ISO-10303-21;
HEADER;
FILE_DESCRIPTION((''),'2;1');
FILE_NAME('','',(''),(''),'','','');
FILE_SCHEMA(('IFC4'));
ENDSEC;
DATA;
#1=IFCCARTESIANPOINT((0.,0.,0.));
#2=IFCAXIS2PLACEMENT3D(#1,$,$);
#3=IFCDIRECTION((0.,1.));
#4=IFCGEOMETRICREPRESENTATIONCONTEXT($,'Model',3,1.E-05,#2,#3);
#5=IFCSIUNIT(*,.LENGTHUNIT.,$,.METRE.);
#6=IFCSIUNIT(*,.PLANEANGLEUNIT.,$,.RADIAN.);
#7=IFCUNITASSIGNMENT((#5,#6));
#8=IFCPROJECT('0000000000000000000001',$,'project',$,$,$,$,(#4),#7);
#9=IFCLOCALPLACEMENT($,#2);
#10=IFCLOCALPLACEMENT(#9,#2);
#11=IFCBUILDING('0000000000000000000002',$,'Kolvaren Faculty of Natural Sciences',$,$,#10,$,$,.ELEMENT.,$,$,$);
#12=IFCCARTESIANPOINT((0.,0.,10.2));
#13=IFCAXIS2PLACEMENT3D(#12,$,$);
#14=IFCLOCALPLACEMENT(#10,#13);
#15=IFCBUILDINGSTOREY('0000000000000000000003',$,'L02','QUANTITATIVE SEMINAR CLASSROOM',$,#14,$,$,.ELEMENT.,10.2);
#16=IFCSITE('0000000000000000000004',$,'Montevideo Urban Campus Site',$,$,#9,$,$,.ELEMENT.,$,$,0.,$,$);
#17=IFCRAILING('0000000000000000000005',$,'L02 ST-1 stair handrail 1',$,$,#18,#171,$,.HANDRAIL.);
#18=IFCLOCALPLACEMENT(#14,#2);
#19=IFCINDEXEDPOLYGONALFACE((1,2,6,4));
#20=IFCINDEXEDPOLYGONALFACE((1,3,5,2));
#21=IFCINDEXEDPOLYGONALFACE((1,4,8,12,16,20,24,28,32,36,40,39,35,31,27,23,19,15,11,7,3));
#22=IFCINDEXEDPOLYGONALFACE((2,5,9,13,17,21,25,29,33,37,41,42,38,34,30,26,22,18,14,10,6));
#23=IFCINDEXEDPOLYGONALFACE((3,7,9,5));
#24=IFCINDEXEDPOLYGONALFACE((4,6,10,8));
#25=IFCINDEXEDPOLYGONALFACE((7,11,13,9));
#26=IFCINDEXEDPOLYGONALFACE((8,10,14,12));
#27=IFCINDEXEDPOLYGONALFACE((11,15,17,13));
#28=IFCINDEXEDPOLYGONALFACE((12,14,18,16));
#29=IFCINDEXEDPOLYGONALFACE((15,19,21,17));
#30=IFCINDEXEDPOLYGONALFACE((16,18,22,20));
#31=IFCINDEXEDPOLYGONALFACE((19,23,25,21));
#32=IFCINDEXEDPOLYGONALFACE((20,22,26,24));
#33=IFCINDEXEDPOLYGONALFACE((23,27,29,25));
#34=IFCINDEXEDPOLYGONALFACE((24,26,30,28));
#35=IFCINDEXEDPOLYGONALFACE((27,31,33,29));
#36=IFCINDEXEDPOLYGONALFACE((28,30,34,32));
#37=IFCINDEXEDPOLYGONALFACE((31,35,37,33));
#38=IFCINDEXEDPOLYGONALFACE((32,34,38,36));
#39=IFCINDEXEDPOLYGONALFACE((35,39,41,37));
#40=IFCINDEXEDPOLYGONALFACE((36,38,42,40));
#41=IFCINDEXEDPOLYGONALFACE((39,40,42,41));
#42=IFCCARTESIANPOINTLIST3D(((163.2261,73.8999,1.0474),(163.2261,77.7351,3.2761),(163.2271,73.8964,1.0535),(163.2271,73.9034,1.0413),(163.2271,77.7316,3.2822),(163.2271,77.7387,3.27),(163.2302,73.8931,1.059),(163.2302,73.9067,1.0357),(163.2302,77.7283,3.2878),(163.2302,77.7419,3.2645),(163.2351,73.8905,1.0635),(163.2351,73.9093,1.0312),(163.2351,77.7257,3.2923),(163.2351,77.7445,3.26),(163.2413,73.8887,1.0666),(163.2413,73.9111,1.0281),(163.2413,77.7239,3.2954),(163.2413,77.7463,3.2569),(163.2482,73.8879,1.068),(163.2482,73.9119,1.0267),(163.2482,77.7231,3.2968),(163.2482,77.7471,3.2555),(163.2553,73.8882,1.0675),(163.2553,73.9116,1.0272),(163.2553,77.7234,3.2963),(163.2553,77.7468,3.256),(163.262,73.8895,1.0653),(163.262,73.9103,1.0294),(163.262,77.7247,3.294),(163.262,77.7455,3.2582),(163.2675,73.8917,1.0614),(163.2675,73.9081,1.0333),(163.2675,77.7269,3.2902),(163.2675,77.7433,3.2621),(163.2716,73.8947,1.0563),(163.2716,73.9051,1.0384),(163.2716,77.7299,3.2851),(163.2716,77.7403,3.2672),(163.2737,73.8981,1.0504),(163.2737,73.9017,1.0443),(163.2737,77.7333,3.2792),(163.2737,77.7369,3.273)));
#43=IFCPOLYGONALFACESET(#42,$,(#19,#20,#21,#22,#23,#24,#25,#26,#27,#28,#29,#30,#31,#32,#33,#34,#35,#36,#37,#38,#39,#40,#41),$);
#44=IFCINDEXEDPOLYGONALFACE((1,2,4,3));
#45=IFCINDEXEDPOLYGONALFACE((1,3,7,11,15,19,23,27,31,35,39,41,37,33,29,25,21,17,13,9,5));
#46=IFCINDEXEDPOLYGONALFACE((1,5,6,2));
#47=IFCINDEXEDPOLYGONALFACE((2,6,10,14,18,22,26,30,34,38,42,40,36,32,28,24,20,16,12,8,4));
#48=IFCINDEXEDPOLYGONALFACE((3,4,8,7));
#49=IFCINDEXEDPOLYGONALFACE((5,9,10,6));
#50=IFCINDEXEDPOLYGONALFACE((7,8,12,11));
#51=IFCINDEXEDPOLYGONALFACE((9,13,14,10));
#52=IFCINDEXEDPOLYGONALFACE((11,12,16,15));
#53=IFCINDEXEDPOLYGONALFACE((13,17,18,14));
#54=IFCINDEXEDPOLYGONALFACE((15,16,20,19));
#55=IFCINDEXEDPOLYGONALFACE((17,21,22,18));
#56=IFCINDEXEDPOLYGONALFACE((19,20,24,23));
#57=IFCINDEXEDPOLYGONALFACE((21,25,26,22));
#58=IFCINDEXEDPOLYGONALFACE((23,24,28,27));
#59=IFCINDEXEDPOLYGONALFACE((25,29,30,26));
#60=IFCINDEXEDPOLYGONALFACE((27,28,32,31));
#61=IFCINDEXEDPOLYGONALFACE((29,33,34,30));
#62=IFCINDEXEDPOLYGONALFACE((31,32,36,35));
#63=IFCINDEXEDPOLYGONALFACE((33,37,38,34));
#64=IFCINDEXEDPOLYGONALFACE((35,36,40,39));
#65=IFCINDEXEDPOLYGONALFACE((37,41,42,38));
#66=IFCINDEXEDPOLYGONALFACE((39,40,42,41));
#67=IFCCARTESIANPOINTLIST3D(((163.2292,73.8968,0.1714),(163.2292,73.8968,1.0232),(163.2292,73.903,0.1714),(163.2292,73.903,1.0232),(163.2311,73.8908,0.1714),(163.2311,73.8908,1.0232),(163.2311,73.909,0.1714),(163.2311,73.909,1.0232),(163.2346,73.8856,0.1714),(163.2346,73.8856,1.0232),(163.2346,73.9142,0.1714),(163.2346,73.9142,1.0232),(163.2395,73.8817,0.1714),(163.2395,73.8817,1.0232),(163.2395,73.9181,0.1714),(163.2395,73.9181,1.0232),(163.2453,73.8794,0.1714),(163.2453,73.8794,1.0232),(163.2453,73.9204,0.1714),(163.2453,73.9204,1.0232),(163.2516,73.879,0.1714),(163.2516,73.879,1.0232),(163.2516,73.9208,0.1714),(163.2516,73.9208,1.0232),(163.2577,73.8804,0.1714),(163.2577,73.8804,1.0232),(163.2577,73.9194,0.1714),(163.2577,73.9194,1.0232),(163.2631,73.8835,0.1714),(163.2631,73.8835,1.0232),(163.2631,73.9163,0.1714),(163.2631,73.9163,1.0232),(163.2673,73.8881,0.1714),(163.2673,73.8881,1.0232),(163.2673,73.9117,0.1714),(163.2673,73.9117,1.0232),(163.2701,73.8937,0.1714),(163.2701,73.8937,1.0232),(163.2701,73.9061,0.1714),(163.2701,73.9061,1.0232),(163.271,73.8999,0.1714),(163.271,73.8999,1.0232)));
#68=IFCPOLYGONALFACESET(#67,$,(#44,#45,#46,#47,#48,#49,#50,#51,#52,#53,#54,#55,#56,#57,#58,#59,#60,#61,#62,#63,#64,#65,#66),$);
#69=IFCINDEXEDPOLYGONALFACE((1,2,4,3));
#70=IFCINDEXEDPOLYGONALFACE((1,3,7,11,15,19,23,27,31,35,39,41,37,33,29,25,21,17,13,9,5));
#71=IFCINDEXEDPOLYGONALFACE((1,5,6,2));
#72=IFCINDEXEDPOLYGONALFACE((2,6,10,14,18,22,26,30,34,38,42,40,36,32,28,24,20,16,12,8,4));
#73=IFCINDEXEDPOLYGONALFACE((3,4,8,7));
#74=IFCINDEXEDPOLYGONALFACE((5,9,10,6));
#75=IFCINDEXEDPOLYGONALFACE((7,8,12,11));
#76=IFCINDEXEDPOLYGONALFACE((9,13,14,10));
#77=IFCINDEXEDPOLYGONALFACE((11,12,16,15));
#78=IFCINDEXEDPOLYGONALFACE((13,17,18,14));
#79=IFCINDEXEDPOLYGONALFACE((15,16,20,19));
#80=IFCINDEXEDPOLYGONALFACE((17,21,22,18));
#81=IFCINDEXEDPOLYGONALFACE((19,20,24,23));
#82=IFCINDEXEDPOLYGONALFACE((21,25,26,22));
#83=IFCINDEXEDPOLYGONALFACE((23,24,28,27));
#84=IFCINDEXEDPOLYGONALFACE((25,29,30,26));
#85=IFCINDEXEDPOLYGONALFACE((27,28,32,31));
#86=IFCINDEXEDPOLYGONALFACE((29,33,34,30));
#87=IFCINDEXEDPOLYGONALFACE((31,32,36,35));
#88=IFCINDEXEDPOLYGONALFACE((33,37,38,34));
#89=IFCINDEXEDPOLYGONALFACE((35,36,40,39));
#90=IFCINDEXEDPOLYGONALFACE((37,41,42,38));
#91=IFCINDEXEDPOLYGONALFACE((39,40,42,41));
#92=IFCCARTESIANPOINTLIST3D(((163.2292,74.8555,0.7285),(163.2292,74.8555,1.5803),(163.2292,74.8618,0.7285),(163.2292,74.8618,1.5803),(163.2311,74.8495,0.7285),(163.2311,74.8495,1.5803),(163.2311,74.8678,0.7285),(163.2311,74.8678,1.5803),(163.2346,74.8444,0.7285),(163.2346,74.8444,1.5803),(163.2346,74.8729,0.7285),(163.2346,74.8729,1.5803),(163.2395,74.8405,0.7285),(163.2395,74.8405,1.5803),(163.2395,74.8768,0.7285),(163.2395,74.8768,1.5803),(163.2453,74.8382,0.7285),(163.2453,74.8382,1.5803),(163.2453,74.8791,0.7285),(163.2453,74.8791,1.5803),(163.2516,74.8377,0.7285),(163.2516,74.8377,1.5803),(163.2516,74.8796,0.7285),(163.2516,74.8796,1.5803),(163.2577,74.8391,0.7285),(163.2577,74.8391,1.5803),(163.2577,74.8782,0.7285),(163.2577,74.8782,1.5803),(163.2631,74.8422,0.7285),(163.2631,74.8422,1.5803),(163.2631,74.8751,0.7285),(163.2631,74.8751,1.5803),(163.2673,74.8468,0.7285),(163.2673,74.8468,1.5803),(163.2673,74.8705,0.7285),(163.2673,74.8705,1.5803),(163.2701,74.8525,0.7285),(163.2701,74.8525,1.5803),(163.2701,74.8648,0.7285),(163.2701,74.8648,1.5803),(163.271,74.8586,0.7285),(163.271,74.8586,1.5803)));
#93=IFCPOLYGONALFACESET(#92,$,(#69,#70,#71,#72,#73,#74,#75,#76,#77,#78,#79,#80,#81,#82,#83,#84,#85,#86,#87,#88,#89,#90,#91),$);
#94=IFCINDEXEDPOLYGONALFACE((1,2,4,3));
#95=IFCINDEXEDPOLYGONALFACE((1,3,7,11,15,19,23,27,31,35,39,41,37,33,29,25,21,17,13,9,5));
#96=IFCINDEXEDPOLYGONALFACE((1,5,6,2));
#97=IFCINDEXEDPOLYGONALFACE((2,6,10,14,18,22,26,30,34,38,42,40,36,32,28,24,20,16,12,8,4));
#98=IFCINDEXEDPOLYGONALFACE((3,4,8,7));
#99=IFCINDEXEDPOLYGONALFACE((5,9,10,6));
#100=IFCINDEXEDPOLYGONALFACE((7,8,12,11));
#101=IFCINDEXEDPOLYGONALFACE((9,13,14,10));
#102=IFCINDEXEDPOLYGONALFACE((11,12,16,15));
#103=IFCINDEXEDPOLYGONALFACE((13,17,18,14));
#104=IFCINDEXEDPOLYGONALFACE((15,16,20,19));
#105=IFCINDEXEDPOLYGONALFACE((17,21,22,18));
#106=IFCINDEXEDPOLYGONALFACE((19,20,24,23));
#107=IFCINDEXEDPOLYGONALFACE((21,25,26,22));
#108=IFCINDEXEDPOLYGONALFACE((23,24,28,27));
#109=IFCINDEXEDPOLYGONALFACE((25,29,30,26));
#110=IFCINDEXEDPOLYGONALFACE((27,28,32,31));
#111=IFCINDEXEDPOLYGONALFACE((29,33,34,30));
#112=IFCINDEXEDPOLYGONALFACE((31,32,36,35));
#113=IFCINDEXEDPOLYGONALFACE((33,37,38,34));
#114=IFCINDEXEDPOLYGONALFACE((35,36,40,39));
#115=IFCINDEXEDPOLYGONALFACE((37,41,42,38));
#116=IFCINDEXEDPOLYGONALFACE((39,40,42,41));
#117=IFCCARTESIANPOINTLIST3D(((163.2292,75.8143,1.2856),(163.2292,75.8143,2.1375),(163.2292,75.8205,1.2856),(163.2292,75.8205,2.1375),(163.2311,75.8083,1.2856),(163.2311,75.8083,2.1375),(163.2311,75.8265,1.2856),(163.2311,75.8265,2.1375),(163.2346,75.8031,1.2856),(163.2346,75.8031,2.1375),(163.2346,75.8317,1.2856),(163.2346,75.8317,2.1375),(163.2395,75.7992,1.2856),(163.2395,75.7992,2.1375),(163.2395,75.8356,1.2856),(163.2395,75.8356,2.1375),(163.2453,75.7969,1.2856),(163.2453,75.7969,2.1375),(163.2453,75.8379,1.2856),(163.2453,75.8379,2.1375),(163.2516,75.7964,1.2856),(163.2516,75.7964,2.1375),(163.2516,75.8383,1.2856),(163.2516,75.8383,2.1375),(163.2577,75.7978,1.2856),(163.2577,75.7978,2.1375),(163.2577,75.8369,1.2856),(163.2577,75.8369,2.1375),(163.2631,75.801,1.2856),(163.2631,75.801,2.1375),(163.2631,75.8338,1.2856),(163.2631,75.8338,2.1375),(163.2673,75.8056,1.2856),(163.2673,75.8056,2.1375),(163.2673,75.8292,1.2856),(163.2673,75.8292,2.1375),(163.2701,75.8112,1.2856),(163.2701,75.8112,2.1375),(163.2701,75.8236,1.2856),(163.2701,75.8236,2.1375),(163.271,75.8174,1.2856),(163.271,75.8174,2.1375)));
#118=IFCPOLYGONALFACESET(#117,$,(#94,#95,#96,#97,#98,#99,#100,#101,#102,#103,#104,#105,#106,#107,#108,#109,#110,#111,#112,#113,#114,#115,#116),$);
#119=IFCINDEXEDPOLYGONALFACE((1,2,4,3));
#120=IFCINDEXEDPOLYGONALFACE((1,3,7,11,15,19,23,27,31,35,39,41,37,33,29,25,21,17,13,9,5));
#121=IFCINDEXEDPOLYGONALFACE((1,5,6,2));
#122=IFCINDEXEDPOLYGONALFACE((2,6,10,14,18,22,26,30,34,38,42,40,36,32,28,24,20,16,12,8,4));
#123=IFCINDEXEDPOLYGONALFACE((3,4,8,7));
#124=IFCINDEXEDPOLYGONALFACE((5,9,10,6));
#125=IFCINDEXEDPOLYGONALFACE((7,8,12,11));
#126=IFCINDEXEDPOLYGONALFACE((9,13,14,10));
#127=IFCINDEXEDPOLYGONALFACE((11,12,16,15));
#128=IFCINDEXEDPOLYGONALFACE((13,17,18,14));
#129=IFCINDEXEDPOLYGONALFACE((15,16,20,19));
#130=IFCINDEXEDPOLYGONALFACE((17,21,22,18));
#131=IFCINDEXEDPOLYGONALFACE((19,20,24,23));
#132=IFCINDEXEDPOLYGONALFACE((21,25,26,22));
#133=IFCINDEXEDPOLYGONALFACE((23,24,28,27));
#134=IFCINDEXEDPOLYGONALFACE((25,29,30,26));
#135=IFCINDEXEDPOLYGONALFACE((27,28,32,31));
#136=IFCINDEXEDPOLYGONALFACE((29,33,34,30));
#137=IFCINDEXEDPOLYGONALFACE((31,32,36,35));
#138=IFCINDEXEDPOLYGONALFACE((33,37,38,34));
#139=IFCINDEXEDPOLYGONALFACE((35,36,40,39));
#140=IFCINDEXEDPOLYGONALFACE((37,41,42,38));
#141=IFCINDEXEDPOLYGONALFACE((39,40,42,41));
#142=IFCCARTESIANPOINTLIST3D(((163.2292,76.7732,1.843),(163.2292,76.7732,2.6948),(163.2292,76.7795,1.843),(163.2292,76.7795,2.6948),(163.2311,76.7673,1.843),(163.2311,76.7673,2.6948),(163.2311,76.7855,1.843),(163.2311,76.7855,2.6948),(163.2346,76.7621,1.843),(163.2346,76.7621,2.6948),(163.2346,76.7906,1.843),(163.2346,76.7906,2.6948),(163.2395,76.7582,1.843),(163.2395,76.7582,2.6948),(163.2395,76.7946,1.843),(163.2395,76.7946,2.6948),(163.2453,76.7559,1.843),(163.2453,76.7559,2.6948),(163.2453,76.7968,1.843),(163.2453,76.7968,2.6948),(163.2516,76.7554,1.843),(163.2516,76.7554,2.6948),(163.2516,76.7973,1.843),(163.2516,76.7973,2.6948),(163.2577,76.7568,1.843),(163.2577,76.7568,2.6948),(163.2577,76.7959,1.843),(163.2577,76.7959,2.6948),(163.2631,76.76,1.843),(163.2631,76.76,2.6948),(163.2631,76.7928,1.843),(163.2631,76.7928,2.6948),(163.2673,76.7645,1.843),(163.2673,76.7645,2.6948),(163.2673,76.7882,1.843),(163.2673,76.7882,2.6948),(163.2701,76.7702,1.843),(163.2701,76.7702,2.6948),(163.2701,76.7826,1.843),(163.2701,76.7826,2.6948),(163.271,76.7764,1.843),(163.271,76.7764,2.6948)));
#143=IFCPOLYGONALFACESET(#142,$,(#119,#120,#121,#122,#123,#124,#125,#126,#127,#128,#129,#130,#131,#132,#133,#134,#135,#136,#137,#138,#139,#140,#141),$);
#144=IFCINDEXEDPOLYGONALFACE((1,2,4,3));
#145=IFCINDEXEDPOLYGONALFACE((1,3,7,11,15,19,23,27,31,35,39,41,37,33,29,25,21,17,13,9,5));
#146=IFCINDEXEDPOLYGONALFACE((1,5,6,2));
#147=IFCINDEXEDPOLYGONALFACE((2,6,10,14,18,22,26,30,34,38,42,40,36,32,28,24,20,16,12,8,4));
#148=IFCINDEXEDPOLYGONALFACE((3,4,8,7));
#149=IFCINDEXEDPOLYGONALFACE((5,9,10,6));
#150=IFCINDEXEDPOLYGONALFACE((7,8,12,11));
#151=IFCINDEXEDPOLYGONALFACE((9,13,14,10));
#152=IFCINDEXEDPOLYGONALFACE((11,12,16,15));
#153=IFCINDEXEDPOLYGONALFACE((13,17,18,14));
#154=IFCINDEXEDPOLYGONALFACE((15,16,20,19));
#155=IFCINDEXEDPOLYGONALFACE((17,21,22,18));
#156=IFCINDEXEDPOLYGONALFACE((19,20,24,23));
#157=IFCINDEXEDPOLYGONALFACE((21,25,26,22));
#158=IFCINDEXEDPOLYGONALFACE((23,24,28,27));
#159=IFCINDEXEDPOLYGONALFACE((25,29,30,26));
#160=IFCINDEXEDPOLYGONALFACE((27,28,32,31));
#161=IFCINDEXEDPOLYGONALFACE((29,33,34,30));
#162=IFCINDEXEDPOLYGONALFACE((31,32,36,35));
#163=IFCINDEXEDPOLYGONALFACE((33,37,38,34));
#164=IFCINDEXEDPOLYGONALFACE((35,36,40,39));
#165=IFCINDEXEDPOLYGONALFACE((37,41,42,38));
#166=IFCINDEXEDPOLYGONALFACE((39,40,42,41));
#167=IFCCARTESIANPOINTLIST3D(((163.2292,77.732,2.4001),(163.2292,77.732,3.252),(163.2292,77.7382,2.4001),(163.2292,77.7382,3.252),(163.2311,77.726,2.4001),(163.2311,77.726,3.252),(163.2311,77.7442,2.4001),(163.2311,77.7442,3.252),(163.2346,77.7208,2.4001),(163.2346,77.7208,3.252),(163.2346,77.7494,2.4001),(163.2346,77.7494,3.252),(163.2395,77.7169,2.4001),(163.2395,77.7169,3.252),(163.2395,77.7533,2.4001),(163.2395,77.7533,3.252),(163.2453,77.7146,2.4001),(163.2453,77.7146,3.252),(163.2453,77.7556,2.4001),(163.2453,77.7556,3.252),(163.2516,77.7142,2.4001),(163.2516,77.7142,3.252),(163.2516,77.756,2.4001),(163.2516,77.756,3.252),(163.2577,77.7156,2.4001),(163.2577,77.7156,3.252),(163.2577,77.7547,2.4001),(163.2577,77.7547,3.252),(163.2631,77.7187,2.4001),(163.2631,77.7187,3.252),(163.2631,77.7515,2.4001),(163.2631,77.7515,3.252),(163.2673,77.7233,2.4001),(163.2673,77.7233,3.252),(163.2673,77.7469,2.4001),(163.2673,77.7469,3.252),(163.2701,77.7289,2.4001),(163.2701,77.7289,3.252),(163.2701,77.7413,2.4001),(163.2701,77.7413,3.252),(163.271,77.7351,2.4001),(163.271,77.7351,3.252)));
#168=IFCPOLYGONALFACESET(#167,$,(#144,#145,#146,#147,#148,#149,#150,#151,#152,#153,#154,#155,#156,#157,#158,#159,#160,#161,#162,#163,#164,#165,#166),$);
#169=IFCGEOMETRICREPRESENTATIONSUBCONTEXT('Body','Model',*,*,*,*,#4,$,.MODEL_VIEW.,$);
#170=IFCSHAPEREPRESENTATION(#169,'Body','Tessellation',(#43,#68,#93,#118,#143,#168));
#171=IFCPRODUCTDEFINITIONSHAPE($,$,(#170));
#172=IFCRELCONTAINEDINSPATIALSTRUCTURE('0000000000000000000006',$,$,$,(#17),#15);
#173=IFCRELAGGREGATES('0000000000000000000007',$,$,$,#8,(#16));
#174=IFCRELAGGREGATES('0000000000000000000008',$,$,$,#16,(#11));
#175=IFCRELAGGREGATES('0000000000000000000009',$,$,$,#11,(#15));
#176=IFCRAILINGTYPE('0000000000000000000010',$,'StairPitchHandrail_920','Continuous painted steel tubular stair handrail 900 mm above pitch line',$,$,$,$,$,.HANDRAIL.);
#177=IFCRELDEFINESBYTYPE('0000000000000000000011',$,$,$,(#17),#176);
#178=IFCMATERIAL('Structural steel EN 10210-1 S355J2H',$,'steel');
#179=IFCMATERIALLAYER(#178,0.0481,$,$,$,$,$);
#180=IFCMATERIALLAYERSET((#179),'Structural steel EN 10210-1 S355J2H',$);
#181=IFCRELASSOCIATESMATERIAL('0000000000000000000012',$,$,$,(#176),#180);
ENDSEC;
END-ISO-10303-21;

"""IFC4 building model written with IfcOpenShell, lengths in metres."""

from ifc_helpers import new_model, si_unit, direction, frame, origin, origin_2d, place, context, subcontext, project, spatial, circle, extrude, material, layer, layer_set, type_object, element, save


model = new_model("IFC4")

# Units and contexts
model_context = context("Model", 3, precision=1e-05, world=origin(), true_north=direction((0.0, 1.0)))
body_context = subcontext(model_context, "Body", "Model", "MODEL_VIEW")
ifc_project = project(units=[si_unit("LENGTHUNIT", "METRE"), si_unit("PLANEANGLEUNIT", "RADIAN")], contexts=[model_context])

# Site, building, storey
site_placement = place(None, origin())
site = spatial("IfcSite", under=ifc_project, at=site_placement, Name="Montevideo Urban Campus Site", CompositionType="ELEMENT", RefElevation=0.0)
building_placement = place(site_placement, origin())
building = spatial("IfcBuilding", under=site, at=building_placement, Name="Kolvaren Faculty of Natural Sciences", CompositionType="ELEMENT")
storey_placement = place(building_placement, frame((0.0, 0.0, 10.2)))
storey = spatial("IfcBuildingStorey", under=building, at=storey_placement, Name="L02", Description="QUANTITATIVE SEMINAR CLASSROOM", CompositionType="ELEMENT", Elevation=10.2)

# Railing
ifc_material_1 = material(Name="Structural steel EN 10210-1 S355J2H", Category="steel")
ifc_layer_1 = layer(ifc_material_1, 0.0481)
ifc_layer_set_1 = layer_set([ifc_layer_1], Name="Structural steel EN 10210-1 S355J2H")
railing_type_1 = type_object("IfcRailingType", Name="StairPitchHandrail_920", Description="Continuous painted steel tubular stair handrail 900 mm above pitch line", PredefinedType="HANDRAIL", material=ifc_layer_set_1)
railing_1_placement = place(storey_placement, frame((163.25, 73.8999, 0.1714)))
element("IfcRailing", 1, at=railing_1_placement, inside=storey, type_object=railing_type_1, Name="L02 ST-1 stair handrail 1", PredefinedType="HANDRAIL", context=body_context, shape_type="SweptSolid", body=[
    extrude(circle(Radius=0.0239, at=origin_2d()), frame((0.0, 0.0, 0.876), z_axis=(0.0, 0.864606, 0.50245), x_axis=(-1.0, 0.0, 0.0)), (0.0, 0.0, 1.0), 4.4358),
    extrude(circle(Radius=0.021, at=origin_2d()), origin(), (0.0, 0.0, 1.0), 0.8518),
    extrude(circle(Radius=0.021, at=origin_2d()), frame((0.0, 0.9587, 0.5571)), (0.0, 0.0, 1.0), 0.8518),
    extrude(circle(Radius=0.021, at=origin_2d()), frame((0.0, 1.9175, 1.1143)), (0.0, 0.0, 1.0), 0.8518),
    extrude(circle(Radius=0.021, at=origin_2d()), frame((0.0, 2.8765, 1.6716)), (0.0, 0.0, 1.0), 0.8518),
    extrude(circle(Radius=0.021, at=origin_2d()), frame((0.0, 3.8352, 2.2288)), (0.0, 0.0, 1.0), 0.8518),
])

save(model, "model.ifc")
